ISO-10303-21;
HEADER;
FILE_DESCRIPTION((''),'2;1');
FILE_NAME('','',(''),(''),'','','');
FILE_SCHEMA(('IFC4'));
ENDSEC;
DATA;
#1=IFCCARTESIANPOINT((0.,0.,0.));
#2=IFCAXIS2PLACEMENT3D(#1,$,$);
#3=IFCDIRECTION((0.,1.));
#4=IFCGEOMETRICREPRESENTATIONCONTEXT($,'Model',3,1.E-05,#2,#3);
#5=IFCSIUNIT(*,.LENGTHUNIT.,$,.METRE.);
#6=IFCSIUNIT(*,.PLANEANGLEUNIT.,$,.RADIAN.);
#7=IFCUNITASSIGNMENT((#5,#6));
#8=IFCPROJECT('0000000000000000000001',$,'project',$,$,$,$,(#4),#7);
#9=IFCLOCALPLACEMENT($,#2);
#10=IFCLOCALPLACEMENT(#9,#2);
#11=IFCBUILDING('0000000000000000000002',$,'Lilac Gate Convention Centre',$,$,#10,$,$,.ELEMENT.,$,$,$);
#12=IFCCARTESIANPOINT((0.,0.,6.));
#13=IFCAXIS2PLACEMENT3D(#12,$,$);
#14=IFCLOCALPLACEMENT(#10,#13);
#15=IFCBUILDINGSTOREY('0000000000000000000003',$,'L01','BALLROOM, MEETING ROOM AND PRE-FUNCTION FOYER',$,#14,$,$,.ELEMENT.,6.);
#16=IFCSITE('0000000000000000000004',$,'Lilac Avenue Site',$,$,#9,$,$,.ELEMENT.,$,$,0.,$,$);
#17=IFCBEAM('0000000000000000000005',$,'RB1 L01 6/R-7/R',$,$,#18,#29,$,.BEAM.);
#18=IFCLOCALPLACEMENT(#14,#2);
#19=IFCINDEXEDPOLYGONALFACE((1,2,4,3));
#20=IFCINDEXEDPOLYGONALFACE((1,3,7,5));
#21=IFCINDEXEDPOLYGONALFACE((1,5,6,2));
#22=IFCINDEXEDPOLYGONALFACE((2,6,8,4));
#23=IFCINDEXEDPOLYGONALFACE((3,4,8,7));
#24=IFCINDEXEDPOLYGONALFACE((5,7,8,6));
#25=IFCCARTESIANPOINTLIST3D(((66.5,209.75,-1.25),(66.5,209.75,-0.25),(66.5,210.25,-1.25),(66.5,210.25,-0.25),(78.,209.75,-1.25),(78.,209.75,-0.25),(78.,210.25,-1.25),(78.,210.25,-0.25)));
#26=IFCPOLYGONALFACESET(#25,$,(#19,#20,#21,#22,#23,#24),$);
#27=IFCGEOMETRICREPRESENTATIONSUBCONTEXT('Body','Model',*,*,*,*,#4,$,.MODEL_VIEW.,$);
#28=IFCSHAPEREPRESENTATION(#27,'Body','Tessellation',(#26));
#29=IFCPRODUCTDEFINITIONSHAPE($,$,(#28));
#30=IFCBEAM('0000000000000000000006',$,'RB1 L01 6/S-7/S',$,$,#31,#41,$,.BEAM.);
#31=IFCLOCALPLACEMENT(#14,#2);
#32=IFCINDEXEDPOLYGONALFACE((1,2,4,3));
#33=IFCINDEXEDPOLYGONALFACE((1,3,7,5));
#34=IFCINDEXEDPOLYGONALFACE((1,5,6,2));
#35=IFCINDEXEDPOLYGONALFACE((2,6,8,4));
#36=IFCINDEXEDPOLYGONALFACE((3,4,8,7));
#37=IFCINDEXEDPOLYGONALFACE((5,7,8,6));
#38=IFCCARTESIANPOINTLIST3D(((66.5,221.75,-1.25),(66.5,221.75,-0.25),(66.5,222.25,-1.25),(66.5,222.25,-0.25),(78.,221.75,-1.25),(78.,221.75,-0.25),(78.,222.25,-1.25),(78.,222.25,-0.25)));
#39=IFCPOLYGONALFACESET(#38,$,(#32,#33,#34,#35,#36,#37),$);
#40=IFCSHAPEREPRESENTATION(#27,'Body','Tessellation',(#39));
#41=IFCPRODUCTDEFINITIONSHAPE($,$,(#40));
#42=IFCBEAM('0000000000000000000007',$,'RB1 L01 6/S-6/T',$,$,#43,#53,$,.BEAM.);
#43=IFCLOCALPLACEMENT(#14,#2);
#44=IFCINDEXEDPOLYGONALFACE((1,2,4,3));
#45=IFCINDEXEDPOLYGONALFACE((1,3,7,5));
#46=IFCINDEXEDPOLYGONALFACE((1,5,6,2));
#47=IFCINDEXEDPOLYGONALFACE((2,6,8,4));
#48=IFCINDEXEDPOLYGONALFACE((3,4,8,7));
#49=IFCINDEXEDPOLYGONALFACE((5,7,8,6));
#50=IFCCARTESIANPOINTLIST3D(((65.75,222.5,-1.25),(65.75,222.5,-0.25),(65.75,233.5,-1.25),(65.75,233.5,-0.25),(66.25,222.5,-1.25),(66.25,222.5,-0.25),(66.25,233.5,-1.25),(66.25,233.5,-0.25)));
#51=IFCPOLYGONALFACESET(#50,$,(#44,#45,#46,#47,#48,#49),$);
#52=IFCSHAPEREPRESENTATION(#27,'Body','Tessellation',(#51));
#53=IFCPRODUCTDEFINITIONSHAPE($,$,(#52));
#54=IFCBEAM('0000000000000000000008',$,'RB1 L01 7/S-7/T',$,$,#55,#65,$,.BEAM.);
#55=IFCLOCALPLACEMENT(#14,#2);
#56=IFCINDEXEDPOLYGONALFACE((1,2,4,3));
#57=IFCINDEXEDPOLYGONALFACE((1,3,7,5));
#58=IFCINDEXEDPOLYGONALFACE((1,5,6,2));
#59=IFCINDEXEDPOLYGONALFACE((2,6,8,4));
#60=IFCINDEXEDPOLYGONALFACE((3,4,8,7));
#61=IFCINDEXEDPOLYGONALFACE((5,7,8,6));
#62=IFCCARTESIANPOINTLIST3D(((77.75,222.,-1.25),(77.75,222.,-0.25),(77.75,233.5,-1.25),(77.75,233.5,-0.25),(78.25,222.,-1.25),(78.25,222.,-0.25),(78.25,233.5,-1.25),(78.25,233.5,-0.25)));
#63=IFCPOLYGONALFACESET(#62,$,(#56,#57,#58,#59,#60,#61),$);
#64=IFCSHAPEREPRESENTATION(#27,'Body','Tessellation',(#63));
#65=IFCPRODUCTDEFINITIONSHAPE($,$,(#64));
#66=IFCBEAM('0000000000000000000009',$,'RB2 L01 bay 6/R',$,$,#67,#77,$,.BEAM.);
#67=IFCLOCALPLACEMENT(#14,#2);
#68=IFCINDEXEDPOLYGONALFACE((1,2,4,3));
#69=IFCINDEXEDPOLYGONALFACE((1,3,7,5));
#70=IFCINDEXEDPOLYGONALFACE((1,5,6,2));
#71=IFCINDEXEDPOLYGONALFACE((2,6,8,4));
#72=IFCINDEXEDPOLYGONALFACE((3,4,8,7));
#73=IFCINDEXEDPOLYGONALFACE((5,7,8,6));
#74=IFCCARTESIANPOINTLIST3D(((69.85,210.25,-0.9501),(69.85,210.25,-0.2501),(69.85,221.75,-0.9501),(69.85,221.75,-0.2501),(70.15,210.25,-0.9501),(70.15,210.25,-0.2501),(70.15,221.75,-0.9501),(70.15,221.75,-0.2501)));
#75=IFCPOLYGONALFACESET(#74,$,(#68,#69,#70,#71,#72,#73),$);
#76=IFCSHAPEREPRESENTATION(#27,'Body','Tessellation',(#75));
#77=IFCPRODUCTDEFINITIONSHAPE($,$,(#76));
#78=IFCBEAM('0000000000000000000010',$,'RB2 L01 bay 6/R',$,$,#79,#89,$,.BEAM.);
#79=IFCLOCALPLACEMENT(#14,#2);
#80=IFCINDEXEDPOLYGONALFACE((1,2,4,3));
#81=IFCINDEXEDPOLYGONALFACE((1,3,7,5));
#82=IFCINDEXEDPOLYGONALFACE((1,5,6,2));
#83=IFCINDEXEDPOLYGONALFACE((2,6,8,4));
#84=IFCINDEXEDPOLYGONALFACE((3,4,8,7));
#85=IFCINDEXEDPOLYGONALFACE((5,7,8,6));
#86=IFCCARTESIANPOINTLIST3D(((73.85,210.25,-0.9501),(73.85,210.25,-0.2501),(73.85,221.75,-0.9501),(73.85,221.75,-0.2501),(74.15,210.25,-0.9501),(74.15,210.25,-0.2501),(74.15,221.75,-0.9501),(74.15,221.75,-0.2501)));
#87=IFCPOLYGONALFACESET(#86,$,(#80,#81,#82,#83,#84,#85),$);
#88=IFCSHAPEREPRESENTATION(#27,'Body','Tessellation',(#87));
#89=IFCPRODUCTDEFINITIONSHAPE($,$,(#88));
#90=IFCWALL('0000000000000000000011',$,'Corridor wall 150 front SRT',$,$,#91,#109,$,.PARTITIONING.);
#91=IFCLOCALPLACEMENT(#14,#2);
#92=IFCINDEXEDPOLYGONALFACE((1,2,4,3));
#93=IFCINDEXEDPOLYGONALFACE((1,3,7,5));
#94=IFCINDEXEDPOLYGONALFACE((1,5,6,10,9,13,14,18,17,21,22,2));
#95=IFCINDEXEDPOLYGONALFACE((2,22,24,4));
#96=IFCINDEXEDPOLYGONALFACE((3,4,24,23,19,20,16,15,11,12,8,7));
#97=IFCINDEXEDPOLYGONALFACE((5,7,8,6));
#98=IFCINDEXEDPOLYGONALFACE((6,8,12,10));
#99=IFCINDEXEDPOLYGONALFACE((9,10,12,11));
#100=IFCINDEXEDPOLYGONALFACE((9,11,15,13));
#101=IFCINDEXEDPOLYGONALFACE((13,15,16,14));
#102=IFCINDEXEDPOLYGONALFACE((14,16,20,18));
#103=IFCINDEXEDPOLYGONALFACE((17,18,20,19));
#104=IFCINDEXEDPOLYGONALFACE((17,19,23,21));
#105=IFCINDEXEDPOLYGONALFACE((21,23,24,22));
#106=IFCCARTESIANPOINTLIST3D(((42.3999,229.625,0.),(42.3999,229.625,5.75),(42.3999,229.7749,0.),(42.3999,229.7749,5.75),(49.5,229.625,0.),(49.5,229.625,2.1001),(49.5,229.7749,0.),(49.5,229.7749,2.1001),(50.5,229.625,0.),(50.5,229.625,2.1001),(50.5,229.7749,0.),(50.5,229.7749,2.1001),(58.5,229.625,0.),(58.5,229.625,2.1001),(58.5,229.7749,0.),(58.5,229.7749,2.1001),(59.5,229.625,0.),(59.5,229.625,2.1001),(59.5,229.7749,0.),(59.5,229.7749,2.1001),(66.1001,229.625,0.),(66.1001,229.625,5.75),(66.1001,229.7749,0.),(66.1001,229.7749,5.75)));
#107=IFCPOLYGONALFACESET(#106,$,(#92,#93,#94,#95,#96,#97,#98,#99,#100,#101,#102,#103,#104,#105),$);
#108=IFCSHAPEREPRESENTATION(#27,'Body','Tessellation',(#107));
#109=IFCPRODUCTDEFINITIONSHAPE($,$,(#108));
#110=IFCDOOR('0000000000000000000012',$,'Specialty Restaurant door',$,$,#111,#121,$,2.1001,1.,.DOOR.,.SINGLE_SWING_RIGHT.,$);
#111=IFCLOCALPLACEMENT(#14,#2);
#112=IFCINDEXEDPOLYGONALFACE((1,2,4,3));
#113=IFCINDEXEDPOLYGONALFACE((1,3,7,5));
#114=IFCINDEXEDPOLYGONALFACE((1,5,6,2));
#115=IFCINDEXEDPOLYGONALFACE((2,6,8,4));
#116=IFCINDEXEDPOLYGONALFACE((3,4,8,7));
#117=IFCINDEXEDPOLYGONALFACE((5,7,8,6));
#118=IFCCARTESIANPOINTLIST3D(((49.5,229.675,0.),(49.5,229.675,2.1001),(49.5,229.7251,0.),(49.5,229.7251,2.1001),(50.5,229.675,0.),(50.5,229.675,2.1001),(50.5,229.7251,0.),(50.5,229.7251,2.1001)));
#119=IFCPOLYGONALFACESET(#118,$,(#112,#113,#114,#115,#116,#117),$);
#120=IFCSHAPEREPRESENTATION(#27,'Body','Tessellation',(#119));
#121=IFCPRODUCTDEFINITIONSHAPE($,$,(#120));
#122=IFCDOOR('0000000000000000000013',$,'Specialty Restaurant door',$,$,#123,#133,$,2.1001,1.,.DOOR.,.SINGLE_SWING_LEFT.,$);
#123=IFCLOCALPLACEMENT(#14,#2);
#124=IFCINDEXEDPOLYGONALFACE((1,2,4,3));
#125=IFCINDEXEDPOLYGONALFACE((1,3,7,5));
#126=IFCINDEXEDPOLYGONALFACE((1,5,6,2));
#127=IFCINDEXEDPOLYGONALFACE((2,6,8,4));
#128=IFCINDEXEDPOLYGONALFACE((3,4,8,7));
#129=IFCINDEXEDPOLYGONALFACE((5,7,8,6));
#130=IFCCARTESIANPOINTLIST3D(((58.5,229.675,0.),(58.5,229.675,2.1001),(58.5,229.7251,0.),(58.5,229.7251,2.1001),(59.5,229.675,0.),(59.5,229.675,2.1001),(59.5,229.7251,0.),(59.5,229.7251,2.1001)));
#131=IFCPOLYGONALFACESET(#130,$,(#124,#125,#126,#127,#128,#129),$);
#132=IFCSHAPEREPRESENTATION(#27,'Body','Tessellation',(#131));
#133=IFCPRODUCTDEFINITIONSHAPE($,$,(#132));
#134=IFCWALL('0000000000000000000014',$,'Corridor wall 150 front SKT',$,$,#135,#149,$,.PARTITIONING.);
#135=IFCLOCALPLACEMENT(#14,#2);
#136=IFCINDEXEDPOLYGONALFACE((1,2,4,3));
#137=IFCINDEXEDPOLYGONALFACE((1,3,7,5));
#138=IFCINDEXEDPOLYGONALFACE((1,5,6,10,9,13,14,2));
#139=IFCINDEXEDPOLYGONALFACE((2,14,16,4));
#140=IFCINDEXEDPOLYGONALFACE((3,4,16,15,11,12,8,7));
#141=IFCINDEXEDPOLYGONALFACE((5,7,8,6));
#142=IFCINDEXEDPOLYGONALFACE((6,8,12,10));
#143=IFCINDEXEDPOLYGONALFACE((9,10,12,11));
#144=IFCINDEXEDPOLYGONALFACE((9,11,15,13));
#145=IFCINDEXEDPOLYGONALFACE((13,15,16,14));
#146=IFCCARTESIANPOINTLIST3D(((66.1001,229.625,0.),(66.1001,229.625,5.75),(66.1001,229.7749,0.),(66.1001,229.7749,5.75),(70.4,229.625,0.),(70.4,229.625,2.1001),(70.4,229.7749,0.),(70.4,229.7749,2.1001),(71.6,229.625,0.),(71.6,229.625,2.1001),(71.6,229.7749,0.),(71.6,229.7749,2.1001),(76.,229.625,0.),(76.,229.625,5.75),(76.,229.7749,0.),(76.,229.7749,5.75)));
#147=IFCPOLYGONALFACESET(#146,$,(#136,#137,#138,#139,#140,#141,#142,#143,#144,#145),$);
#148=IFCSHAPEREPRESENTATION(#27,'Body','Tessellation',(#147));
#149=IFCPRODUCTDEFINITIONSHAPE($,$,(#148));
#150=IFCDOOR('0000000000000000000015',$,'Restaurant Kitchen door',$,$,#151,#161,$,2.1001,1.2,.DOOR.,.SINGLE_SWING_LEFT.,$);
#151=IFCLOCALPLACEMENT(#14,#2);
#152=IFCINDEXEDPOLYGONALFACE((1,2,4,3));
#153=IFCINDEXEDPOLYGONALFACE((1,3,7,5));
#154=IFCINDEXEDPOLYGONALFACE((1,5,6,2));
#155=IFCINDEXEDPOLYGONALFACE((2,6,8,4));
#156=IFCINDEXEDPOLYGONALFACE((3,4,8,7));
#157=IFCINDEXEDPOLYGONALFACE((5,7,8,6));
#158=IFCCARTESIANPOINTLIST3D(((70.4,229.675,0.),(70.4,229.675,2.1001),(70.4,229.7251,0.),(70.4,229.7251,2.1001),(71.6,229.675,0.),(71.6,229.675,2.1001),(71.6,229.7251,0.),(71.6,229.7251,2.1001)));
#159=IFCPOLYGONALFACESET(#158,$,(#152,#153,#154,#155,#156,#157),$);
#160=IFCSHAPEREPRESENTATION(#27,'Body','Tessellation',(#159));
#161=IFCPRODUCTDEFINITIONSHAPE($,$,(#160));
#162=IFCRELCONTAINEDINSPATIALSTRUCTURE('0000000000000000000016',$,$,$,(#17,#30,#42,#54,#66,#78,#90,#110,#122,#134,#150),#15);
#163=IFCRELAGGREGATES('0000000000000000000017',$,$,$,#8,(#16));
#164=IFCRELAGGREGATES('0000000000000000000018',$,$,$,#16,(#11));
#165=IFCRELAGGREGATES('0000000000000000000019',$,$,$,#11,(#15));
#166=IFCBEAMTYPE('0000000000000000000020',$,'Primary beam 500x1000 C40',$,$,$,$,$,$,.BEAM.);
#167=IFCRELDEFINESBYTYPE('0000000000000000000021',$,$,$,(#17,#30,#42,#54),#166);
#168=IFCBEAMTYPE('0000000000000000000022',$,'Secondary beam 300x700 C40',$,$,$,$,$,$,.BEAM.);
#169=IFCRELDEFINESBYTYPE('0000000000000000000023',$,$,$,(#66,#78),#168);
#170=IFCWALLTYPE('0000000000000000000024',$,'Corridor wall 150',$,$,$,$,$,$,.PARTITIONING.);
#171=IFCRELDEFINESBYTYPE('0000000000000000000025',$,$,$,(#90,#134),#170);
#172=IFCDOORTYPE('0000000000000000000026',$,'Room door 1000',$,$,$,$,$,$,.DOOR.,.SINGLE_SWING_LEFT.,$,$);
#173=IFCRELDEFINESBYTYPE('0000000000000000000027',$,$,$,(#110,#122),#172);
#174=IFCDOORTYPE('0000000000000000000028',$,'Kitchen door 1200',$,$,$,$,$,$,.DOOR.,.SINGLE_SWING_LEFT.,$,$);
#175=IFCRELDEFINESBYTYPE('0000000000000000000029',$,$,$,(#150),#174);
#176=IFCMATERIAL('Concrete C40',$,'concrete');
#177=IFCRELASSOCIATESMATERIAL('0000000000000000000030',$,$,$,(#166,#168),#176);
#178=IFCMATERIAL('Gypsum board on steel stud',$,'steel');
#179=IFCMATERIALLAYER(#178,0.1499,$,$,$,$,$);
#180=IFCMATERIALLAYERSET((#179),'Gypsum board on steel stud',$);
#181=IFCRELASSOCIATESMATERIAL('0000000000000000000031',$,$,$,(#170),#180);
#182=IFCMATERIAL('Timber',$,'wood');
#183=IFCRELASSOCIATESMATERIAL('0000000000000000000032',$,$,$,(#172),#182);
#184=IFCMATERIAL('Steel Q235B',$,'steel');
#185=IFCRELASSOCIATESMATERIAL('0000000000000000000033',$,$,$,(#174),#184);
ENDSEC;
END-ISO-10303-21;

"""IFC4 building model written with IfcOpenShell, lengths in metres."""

from ifc_helpers import new_model, si_unit, direction, frame, frame_2d, origin, origin_2d, place, context, subcontext, project, spatial, rectangle, extrude, material, layer, layer_set, material_profile, profile_set, type_object, element, fill, save


model = new_model("IFC4")

# Units and contexts
model_context = context("Model", 3, precision=1e-05, world=origin(), true_north=direction((0.0, 1.0)))
body_context = subcontext(model_context, "Body", "Model", "MODEL_VIEW")
ifc_project = project(units=[si_unit("LENGTHUNIT", "METRE"), si_unit("PLANEANGLEUNIT", "RADIAN")], contexts=[model_context])

# Site, building, storey
site_placement = place(None, origin())
site = spatial("IfcSite", under=ifc_project, at=site_placement, Name="Lilac Avenue Site", CompositionType="ELEMENT", RefElevation=0.0)
building_placement = place(site_placement, origin())
building = spatial("IfcBuilding", under=site, at=building_placement, Name="Lilac Gate Convention Centre", CompositionType="ELEMENT")
storey_placement = place(building_placement, frame((0.0, 0.0, 6.0)))
storey = spatial("IfcBuildingStorey", under=building, at=storey_placement, Name="L01", Description="BALLROOM, MEETING ROOM AND PRE-FUNCTION FOYER", CompositionType="ELEMENT", Elevation=6.0)

# Beams
ifc_material_1 = material(Name="Concrete C40", Category="concrete")
ifc_material_profile_1 = material_profile(ifc_material_1, rectangle(XDim=0.5, YDim=1.0, at=origin_2d()), Name="RC 500x1000")
ifc_profile_set_1 = profile_set([ifc_material_profile_1], Name="Concrete C40")
beam_type_1 = type_object("IfcBeamType", Name="Primary beam 500x1000 C40", PredefinedType="BEAM", material=ifc_profile_set_1)
for number, where, z_axis, x_axis, name in (
    (1, (66.5, 210.0, -0.75), (1.0, 0.0, 0.0), (0.0, 1.0, 0.0), "RB1 L01 6/R-7/R"),
    (2, (66.5, 222.0, -0.75), (1.0, 0.0, 0.0), (0.0, 1.0, 0.0), "RB1 L01 6/S-7/S"),
):
    element("IfcBeam", number, at=place(storey_placement, frame(where, z_axis=z_axis, x_axis=x_axis)), inside=storey, type_object=beam_type_1, Name=name, PredefinedType="BEAM", context=body_context, shape_type="SweptSolid", body=[
        extrude(rectangle(XDim=0.5, YDim=1.0, at=origin_2d()), origin(), (0.0, 0.0, 1.0), 11.5),
    ])
beam_1_placement = place(storey_placement, frame((66.0, 222.5, -0.75), z_axis=(0.0, 1.0, 0.0), x_axis=(-1.0, 0.0, 0.0)))
element("IfcBeam", 3, at=beam_1_placement, inside=storey, type_object=beam_type_1, Name="RB1 L01 6/S-6/T", PredefinedType="BEAM", context=body_context, shape_type="SweptSolid", body=[
    extrude(rectangle(XDim=0.5, YDim=1.0, at=origin_2d()), origin(), (0.0, 0.0, 1.0), 11.0),
])
beam_2_placement = place(storey_placement, frame((78.0, 222.0, -0.75), z_axis=(0.0, 1.0, 0.0), x_axis=(-1.0, 0.0, 0.0)))
element("IfcBeam", 4, at=beam_2_placement, inside=storey, type_object=beam_type_1, Name="RB1 L01 7/S-7/T", PredefinedType="BEAM", context=body_context, shape_type="SweptSolid", body=[
    extrude(rectangle(XDim=0.5, YDim=1.0, at=origin_2d()), origin(), (0.0, 0.0, 1.0), 11.5),
])
ifc_material_profile_2 = material_profile(ifc_material_1, rectangle(XDim=0.3, YDim=0.7, at=origin_2d()), Name="RC 300x700")
ifc_profile_set_2 = profile_set([ifc_material_profile_2], Name="Concrete C40")
beam_type_2 = type_object("IfcBeamType", Name="Secondary beam 300x700 C40", PredefinedType="BEAM", material=ifc_profile_set_2)
for number, where, z_axis, x_axis, name in (
    (5, (70.0, 210.25, -0.6001), (0.0, 1.0, 0.0), (-1.0, 0.0, 0.0), "RB2 L01 bay 6/R"),
    (6, (74.0, 210.25, -0.6001), (0.0, 1.0, 0.0), (-1.0, 0.0, 0.0), "RB2 L01 bay 6/R"),
):
    element("IfcBeam", number, at=place(storey_placement, frame(where, z_axis=z_axis, x_axis=x_axis)), inside=storey, type_object=beam_type_2, Name=name, PredefinedType="BEAM", context=body_context, shape_type="SweptSolid", body=[
        extrude(rectangle(XDim=0.3, YDim=0.7, at=origin_2d()), origin(), (0.0, 0.0, 1.0), 11.5),
    ])

# Wall, openings, doors
ifc_material_2 = material(Name="Gypsum board on steel stud", Category="steel")
ifc_layer_1 = layer(ifc_material_2, 0.1499)
ifc_layer_set_1 = layer_set([ifc_layer_1], Name="Gypsum board on steel stud")
wall_type_1 = type_object("IfcWallType", Name="Corridor wall 150", PredefinedType="PARTITIONING", material=ifc_layer_set_1)
wall_1_placement = place(storey_placement, frame((66.1001, 229.7, 0.0), z_axis=(0.0, 0.0, 1.0), x_axis=(-1.0, 0.0, 0.0)))
wall_1 = element("IfcWall", 7, at=wall_1_placement, inside=storey, type_object=wall_type_1, Name="Corridor wall 150 front SRT", PredefinedType="PARTITIONING", context=body_context, shape_type="SweptSolid", body=[
    extrude(rectangle(XDim=23.7002, YDim=0.1499, at=frame_2d((11.8501, 0.0))), origin(), (0.0, 0.0, 1.0), 5.75),
])
opening_1_placement = place(wall_1_placement, frame((15.6001, 0.0, 0.0)))
opening_1 = element("IfcOpeningElement", 8, at=opening_1_placement, cuts=wall_1, PredefinedType="OPENING", context=body_context, shape_type="SweptSolid", body=[
    extrude(rectangle(XDim=1.0, YDim=2.1001, at=frame_2d((0.5, 1.05))), frame((0.0, 0.085, 0.0), z_axis=(0.0, -1.0, 0.0), x_axis=(1.0, 0.0, 0.0)), (0.0, 0.0, 1.0), 0.1699),
])
opening_2_placement = place(wall_1_placement, frame((6.6001, 0.0, 0.0)))
opening_2 = element("IfcOpeningElement", 9, at=opening_2_placement, cuts=wall_1, PredefinedType="OPENING", context=body_context, shape_type="SweptSolid", body=[
    extrude(rectangle(XDim=1.0, YDim=2.1001, at=frame_2d((0.5, 1.05))), frame((0.0, 0.085, 0.0), z_axis=(0.0, -1.0, 0.0), x_axis=(1.0, 0.0, 0.0)), (0.0, 0.0, 1.0), 0.1699),
])
ifc_material_3 = material(Name="Timber", Category="wood")
door_type_1 = type_object("IfcDoorType", Name="Room door 1000", OperationType="SINGLE_SWING_LEFT", PredefinedType="DOOR", material=ifc_material_3)
door_1_placement = place(opening_1_placement, origin())
door_1 = element("IfcDoor", 10, at=door_1_placement, inside=storey, type_object=door_type_1, Name="Specialty Restaurant door", OperationType="SINGLE_SWING_RIGHT", OverallHeight=2.1001, OverallWidth=1.0, PredefinedType="DOOR", context=body_context, shape_type="SweptSolid", body=[
    extrude(rectangle(XDim=1.0, YDim=2.1001, at=frame_2d((0.5, 1.05))), frame((0.0, 0.0249, 0.0), z_axis=(0.0, -1.0, 0.0), x_axis=(1.0, 0.0, 0.0)), (0.0, 0.0, 1.0), 0.05),
])
fill(opening_1, door_1)
door_2_placement = place(opening_2_placement, origin())
door_2 = element("IfcDoor", 11, at=door_2_placement, inside=storey, type_object=door_type_1, Name="Specialty Restaurant door", OperationType="SINGLE_SWING_LEFT", OverallHeight=2.1001, OverallWidth=1.0, PredefinedType="DOOR", context=body_context, shape_type="SweptSolid", body=[
    extrude(rectangle(XDim=1.0, YDim=2.1001, at=frame_2d((0.5, 1.05))), frame((0.0, 0.0249, 0.0), z_axis=(0.0, -1.0, 0.0), x_axis=(1.0, 0.0, 0.0)), (0.0, 0.0, 1.0), 0.05),
])
fill(opening_2, door_2)

# Wall, opening, door
wall_2_placement = place(storey_placement, frame((76.0, 229.7, 0.0), z_axis=(0.0, 0.0, 1.0), x_axis=(-1.0, 0.0, 0.0)))
wall_2 = element("IfcWall", 12, at=wall_2_placement, inside=storey, type_object=wall_type_1, Name="Corridor wall 150 front SKT", PredefinedType="PARTITIONING", context=body_context, shape_type="SweptSolid", body=[
    extrude(rectangle(XDim=9.8999, YDim=0.1499, at=frame_2d((4.95, 0.0))), origin(), (0.0, 0.0, 1.0), 5.75),
])
opening_3_placement = place(wall_2_placement, frame((4.3999, 0.0, 0.0)))
opening_3 = element("IfcOpeningElement", 13, at=opening_3_placement, cuts=wall_2, PredefinedType="OPENING", context=body_context, shape_type="SweptSolid", body=[
    extrude(rectangle(XDim=1.2, YDim=2.1001, at=frame_2d((0.6001, 1.05))), frame((0.0, 0.085, 0.0), z_axis=(0.0, -1.0, 0.0), x_axis=(1.0, 0.0, 0.0)), (0.0, 0.0, 1.0), 0.1699),
])
ifc_material_4 = material(Name="Steel Q235B", Category="steel")
door_type_2 = type_object("IfcDoorType", Name="Kitchen door 1200", OperationType="SINGLE_SWING_LEFT", PredefinedType="DOOR", material=ifc_material_4)
door_3_placement = place(opening_3_placement, origin())
door_3 = element("IfcDoor", 14, at=door_3_placement, inside=storey, type_object=door_type_2, Name="Restaurant Kitchen door", OperationType="SINGLE_SWING_LEFT", OverallHeight=2.1001, OverallWidth=1.2, PredefinedType="DOOR", context=body_context, shape_type="SweptSolid", body=[
    extrude(rectangle(XDim=1.2, YDim=2.1001, at=frame_2d((0.6001, 1.05))), frame((0.0, 0.0249, 0.0), z_axis=(0.0, -1.0, 0.0), x_axis=(1.0, 0.0, 0.0)), (0.0, 0.0, 1.0), 0.05),
])
fill(opening_3, door_3)

save(model, "model.ifc")
